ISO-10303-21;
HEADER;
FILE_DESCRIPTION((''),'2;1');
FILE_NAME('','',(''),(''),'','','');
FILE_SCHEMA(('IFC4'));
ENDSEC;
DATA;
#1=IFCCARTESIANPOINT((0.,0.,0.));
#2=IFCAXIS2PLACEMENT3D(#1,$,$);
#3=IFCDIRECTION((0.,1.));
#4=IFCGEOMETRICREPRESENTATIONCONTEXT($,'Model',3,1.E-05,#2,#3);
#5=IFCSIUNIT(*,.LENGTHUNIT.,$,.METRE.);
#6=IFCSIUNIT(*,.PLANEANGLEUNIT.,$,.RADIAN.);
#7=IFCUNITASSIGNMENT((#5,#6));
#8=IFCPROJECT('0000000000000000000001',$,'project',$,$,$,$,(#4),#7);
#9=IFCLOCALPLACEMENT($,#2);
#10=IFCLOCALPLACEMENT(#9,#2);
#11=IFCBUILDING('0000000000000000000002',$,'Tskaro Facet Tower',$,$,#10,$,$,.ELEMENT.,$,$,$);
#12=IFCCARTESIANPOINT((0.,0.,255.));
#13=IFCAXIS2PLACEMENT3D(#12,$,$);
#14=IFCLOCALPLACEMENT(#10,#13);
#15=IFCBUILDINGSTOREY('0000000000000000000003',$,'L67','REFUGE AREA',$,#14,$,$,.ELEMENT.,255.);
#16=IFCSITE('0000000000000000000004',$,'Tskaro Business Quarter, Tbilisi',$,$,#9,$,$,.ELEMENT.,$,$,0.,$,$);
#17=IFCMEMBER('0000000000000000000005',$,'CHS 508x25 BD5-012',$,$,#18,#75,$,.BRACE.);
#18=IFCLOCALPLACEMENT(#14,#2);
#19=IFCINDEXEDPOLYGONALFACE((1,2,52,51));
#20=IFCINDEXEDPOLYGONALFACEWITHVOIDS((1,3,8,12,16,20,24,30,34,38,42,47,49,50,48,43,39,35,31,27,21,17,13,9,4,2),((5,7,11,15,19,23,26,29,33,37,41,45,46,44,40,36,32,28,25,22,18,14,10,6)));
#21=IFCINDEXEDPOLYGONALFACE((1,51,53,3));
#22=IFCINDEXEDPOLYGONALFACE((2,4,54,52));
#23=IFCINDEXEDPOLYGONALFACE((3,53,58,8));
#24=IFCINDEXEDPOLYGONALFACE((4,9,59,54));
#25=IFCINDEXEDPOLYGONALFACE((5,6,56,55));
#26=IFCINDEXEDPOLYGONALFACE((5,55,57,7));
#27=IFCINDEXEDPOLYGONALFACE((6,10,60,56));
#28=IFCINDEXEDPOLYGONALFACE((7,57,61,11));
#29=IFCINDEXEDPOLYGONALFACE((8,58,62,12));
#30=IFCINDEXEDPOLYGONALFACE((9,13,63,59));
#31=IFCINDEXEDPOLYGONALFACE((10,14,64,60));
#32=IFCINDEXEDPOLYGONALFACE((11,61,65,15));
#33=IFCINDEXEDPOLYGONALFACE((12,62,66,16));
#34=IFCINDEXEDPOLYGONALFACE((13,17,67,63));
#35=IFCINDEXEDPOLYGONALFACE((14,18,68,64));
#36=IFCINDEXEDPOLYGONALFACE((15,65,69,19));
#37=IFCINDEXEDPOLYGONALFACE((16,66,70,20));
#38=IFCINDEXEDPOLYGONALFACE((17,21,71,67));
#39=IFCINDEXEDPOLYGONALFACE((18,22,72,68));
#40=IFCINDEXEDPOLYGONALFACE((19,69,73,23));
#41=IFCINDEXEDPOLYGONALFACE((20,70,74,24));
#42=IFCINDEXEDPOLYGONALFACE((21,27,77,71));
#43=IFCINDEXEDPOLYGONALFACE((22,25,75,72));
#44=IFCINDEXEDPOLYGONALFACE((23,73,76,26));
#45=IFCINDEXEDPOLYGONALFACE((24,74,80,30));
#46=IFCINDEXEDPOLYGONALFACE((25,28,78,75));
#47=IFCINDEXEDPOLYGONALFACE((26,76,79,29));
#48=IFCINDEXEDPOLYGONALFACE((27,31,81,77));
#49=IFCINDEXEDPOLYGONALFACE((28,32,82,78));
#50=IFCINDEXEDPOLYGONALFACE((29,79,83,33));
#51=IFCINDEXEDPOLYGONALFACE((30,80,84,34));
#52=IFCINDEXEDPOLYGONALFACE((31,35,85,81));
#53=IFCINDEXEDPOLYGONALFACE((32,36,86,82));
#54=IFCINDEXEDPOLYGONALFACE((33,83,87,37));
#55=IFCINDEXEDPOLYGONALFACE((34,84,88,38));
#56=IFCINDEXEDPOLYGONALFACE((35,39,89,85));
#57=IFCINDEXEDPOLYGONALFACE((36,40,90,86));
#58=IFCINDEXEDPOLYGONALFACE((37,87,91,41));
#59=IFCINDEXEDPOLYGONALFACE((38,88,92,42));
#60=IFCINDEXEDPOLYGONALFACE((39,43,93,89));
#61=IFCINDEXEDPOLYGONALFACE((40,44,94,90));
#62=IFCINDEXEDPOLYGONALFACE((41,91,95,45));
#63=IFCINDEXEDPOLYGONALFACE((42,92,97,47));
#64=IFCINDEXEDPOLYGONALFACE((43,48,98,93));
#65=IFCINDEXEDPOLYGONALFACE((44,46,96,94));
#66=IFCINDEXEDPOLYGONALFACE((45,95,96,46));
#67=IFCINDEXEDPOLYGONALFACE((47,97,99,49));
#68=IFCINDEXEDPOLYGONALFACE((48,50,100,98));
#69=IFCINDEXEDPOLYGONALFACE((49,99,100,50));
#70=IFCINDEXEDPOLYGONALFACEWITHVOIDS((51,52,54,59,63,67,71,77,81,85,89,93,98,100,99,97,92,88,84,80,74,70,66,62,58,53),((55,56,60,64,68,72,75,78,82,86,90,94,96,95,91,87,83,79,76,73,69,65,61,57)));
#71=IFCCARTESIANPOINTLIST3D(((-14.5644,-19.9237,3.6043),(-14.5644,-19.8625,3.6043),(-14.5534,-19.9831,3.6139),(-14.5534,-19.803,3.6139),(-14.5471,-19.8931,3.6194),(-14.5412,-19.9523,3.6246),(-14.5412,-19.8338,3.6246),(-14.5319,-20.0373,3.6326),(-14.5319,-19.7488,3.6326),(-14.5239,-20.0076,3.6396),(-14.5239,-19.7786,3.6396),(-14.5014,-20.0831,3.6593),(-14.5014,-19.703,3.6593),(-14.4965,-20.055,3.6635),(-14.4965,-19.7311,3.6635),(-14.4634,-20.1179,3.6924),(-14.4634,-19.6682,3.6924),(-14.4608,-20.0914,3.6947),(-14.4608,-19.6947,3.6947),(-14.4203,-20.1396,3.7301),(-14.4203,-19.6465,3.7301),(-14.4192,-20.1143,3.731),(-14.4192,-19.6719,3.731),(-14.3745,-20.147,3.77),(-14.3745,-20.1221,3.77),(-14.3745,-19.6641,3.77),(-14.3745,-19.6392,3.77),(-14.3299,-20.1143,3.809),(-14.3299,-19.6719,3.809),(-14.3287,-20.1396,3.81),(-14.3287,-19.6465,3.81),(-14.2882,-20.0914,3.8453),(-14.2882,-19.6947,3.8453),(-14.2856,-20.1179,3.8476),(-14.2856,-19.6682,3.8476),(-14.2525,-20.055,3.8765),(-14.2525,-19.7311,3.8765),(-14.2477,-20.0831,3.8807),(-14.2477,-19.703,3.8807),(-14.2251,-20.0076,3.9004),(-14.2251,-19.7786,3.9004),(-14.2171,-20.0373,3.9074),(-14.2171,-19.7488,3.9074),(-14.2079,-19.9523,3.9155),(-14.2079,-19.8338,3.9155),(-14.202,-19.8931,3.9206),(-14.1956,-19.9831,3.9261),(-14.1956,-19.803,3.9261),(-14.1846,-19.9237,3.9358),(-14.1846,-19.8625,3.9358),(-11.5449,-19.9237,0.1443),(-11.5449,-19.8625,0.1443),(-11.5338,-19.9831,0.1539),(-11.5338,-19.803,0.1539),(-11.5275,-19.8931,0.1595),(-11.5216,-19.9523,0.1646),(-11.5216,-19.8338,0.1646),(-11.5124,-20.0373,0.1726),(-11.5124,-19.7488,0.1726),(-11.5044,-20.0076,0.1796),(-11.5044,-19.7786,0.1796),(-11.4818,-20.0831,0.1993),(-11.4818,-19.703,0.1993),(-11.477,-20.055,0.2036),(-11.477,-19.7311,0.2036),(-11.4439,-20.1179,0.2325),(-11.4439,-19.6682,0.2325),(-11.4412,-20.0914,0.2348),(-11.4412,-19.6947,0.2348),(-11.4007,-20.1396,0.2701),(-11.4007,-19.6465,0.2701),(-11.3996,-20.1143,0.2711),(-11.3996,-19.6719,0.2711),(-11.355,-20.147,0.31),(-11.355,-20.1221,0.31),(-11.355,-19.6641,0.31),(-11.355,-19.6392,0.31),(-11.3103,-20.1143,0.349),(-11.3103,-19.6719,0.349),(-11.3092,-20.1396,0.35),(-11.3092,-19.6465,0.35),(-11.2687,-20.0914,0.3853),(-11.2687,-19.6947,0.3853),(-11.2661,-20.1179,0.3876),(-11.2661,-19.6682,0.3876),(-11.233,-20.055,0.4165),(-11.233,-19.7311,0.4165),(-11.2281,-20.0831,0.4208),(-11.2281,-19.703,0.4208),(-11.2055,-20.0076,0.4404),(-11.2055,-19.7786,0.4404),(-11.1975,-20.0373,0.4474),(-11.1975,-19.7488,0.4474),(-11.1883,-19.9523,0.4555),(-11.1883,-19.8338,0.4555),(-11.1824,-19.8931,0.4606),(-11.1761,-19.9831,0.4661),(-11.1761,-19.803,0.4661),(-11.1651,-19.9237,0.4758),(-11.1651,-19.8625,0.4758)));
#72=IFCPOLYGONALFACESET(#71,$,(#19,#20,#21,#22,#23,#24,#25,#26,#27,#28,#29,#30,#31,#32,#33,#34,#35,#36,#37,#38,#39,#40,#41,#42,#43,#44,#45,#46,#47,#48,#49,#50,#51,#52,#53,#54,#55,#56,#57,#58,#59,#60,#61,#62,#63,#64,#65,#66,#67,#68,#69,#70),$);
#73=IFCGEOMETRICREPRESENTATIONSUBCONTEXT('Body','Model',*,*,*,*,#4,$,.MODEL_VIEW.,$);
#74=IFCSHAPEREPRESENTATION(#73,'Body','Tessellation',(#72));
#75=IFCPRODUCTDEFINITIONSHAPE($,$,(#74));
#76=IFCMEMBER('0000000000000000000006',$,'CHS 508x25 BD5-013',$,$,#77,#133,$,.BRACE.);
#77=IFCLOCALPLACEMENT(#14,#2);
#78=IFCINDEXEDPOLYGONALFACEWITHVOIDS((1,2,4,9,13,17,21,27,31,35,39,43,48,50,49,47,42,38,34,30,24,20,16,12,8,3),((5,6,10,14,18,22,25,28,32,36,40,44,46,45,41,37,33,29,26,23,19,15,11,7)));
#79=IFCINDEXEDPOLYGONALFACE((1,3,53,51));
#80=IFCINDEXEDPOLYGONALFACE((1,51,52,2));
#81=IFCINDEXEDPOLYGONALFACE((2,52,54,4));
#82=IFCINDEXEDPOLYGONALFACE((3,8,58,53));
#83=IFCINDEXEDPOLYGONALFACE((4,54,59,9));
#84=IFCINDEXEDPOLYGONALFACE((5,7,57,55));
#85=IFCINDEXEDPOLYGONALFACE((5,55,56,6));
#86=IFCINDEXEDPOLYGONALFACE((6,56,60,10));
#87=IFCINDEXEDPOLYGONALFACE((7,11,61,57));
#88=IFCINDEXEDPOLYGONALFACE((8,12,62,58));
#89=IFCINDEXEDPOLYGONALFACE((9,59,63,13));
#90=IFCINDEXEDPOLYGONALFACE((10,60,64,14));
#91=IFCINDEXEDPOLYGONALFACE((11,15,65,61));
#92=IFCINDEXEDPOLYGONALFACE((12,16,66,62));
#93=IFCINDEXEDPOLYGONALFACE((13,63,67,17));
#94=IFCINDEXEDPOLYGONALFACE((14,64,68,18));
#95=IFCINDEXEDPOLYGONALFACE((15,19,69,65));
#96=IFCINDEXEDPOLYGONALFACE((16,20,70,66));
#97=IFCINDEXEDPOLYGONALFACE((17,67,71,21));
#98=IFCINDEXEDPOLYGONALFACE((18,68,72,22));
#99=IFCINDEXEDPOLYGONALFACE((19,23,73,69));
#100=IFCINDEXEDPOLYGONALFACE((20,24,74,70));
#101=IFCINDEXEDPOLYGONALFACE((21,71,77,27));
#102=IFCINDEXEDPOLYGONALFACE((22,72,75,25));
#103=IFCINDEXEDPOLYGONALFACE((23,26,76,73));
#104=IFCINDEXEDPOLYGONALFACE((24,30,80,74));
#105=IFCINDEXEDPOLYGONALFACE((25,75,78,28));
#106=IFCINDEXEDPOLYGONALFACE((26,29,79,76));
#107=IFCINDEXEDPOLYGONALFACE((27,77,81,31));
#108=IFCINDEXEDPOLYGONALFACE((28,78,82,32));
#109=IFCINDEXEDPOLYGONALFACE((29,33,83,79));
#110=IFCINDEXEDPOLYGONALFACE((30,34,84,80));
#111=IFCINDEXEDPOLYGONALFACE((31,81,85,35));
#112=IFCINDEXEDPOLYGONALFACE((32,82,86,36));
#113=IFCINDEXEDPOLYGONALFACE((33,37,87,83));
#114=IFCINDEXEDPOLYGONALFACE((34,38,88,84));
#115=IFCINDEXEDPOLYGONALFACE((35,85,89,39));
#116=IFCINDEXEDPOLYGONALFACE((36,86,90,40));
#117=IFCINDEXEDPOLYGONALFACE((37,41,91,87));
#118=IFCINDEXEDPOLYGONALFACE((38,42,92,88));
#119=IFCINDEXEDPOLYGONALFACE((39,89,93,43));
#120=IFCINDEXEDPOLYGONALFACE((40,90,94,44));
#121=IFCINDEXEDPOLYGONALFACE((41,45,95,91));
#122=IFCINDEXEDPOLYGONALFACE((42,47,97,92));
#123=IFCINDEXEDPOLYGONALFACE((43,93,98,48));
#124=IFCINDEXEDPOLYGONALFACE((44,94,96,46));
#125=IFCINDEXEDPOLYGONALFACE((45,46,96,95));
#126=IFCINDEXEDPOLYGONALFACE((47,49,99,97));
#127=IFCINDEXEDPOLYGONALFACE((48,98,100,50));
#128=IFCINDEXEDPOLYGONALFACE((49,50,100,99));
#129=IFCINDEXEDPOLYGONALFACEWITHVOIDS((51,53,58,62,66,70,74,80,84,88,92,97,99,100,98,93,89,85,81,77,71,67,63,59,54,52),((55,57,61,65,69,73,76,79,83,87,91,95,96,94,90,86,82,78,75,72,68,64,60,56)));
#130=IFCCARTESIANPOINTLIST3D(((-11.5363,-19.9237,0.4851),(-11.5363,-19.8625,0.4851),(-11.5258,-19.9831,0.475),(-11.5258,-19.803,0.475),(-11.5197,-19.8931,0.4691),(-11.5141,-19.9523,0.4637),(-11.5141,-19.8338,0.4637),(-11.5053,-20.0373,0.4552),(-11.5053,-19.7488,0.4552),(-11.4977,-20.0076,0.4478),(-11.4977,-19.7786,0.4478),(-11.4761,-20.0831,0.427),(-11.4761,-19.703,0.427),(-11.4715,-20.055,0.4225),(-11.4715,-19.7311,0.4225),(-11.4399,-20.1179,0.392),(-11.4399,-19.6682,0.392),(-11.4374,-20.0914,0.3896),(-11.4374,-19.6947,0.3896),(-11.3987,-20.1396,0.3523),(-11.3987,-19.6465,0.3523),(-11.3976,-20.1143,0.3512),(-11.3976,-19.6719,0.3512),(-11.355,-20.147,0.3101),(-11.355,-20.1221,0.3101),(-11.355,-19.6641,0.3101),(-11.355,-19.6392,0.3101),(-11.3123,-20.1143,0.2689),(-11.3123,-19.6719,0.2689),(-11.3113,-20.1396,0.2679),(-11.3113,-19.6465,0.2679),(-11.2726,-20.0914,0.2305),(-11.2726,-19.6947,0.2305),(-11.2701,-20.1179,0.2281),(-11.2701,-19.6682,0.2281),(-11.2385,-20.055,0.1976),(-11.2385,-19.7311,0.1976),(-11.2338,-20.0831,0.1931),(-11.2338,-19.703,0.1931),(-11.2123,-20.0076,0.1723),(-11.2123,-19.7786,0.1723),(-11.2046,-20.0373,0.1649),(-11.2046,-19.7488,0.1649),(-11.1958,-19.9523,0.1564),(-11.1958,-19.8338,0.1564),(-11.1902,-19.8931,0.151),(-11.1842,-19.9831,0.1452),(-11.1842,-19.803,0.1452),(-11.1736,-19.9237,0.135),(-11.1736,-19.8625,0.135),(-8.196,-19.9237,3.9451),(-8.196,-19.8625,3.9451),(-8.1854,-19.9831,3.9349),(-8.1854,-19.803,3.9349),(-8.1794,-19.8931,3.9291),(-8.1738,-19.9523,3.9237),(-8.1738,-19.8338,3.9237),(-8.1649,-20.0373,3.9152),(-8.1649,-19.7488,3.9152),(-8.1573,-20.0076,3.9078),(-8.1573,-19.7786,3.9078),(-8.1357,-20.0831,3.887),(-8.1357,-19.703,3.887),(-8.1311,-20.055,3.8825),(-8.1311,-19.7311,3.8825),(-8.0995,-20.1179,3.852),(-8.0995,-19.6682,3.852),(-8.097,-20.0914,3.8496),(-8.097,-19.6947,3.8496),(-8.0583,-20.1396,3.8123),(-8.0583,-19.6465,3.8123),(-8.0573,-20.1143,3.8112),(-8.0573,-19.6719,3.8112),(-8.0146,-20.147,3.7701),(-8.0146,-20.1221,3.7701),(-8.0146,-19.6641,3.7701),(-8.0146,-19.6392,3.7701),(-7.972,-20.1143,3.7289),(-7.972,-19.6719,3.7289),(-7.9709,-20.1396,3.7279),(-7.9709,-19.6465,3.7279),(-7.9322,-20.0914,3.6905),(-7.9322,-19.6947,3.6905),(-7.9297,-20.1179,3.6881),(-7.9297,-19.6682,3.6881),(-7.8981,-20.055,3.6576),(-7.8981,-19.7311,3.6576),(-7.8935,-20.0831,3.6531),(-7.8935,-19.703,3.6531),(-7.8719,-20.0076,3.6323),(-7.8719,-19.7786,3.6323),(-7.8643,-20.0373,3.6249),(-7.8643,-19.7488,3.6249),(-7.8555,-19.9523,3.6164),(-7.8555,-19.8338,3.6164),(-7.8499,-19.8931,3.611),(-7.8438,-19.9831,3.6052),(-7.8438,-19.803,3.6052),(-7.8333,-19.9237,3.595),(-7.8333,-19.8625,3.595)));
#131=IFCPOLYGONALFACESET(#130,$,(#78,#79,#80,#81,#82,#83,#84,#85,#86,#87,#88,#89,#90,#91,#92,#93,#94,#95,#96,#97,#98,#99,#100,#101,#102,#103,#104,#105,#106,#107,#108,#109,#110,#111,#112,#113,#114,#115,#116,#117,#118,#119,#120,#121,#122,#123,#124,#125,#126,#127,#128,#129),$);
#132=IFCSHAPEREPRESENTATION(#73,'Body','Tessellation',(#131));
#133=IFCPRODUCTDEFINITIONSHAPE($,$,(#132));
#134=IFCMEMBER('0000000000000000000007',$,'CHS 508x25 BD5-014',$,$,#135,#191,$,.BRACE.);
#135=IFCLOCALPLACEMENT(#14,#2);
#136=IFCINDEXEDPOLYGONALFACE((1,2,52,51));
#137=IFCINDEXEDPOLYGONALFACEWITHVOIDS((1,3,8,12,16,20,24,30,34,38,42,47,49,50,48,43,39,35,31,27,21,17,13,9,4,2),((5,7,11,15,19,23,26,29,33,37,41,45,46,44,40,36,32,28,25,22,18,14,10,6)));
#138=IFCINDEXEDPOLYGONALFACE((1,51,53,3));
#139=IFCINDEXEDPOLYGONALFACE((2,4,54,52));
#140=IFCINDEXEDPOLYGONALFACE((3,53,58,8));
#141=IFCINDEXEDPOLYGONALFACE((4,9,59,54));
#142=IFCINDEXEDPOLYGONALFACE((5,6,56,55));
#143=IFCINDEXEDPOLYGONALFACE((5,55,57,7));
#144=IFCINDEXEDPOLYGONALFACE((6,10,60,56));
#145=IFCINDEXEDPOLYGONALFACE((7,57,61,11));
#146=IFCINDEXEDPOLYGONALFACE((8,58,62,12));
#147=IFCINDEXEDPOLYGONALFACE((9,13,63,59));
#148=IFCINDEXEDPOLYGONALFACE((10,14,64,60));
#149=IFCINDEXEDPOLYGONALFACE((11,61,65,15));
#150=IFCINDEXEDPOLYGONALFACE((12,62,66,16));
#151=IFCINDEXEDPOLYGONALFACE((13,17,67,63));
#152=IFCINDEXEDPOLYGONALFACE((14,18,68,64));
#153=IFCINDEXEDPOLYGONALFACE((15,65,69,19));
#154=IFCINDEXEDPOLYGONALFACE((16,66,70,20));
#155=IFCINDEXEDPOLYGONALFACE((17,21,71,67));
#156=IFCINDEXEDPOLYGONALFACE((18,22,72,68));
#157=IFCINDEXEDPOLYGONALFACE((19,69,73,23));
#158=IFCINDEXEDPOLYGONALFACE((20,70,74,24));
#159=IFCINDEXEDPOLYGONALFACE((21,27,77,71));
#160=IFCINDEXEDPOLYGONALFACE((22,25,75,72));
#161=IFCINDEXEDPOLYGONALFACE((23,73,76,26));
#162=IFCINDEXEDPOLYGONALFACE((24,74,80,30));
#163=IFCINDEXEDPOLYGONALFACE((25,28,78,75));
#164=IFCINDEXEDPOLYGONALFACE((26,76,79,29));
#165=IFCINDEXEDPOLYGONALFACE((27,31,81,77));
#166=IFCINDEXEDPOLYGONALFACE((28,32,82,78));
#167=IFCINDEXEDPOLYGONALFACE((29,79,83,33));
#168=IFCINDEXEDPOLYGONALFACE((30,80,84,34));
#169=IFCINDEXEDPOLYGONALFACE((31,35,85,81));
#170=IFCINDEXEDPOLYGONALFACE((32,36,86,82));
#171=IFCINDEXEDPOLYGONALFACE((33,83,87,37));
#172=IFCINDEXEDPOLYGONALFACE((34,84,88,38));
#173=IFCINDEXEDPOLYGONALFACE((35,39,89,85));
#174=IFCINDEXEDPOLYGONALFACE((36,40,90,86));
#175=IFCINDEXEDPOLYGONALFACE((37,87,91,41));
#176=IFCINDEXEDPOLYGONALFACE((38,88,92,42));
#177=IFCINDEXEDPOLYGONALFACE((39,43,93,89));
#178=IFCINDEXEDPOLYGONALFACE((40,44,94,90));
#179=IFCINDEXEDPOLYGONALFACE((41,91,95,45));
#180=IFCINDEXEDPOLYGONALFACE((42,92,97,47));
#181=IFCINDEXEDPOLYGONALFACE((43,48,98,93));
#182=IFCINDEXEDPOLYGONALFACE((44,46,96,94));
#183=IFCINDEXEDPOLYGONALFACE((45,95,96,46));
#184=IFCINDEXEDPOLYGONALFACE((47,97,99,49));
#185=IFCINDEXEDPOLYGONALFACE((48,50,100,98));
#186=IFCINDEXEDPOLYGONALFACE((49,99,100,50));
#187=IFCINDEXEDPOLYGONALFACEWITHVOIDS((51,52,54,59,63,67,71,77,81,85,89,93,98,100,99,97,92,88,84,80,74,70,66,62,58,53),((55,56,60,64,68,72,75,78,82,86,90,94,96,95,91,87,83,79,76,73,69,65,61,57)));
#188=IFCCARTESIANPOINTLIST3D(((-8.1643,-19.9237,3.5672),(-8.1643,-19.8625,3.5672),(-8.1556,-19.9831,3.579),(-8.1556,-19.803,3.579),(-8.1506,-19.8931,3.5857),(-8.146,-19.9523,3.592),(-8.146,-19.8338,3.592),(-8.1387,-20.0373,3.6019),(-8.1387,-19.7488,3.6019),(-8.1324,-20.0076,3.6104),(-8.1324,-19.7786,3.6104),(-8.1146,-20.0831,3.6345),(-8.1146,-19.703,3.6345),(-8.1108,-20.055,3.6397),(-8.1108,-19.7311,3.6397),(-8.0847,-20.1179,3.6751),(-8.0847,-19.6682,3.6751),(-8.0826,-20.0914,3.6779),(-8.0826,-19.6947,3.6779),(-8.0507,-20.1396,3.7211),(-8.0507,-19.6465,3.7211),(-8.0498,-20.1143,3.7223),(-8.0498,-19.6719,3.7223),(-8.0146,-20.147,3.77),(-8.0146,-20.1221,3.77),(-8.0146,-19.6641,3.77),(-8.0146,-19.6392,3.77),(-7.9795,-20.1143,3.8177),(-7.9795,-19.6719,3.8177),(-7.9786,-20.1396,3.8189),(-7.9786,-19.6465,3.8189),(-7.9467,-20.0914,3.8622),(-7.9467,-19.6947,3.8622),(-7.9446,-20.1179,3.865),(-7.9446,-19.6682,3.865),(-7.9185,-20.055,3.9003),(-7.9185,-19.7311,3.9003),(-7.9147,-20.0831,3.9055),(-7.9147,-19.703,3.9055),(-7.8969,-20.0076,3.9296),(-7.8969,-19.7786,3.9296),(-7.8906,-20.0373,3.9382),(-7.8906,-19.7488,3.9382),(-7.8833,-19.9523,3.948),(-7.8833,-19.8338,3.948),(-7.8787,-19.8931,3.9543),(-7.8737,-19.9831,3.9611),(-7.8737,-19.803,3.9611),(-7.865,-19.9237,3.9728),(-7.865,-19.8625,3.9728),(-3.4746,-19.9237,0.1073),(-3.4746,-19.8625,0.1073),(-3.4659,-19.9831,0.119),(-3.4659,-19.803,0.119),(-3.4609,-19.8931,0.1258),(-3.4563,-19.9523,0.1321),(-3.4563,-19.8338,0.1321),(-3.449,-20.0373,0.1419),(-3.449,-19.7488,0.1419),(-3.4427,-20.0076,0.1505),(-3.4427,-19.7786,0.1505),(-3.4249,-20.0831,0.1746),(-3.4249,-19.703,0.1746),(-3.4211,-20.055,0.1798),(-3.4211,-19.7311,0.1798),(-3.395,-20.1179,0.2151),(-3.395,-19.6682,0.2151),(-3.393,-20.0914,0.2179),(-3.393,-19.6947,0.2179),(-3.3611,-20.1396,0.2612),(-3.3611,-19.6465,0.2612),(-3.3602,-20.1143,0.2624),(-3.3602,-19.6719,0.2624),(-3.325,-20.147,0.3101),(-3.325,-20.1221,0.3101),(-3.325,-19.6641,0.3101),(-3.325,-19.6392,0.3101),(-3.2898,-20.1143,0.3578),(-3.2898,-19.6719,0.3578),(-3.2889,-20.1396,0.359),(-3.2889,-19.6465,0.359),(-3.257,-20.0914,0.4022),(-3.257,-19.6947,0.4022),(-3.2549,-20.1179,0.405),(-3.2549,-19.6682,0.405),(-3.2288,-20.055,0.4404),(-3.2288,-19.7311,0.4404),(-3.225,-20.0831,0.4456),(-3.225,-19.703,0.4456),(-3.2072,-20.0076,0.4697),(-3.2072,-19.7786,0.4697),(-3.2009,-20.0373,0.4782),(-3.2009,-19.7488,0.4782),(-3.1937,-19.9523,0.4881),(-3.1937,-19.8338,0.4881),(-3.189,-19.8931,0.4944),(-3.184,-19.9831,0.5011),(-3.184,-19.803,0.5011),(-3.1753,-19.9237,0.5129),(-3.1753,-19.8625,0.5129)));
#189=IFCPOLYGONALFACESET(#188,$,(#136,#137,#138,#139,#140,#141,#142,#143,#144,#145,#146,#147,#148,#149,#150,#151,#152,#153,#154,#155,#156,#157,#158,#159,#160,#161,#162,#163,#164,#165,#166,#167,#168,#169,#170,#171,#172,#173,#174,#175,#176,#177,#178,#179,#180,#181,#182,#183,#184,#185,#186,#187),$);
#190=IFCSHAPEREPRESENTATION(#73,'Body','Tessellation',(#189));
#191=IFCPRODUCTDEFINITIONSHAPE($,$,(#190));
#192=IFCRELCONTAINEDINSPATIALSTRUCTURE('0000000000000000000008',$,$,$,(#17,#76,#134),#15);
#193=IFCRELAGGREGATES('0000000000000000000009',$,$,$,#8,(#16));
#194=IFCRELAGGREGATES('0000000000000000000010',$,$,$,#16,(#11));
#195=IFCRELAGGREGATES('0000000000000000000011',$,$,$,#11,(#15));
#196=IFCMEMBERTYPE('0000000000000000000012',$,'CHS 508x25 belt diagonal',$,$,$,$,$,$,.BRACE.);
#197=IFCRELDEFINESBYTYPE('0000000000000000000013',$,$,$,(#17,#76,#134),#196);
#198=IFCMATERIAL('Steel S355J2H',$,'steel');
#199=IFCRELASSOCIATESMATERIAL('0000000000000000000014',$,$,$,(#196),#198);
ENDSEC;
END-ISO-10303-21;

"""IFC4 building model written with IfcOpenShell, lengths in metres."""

from ifc_helpers import new_model, si_unit, direction, frame, origin, origin_2d, place, context, subcontext, project, spatial, hollow_circle, extrude, material, material_profile, profile_set, type_object, element, save


model = new_model("IFC4")

# Units and contexts
model_context = context("Model", 3, precision=1e-05, world=origin(), true_north=direction((0.0, 1.0)))
body_context = subcontext(model_context, "Body", "Model", "MODEL_VIEW")
ifc_project = project(units=[si_unit("LENGTHUNIT", "METRE"), si_unit("PLANEANGLEUNIT", "RADIAN")], contexts=[model_context])

# Site, building, storey
site_placement = place(None, origin())
site = spatial("IfcSite", under=ifc_project, at=site_placement, Name="Tskaro Business Quarter, Tbilisi", CompositionType="ELEMENT", RefElevation=0.0)
building_placement = place(site_placement, origin())
building = spatial("IfcBuilding", under=site, at=building_placement, Name="Tskaro Facet Tower", CompositionType="ELEMENT")
storey_placement = place(building_placement, frame((0.0, 0.0, 255.0)))
storey = spatial("IfcBuildingStorey", under=building, at=storey_placement, Name="L67", Description="REFUGE AREA", CompositionType="ELEMENT", Elevation=255.0)

# Shared definitions
ifc_material_1 = material(Name="Steel S355J2H", Category="steel")

# Members
ifc_material_profile_1 = material_profile(ifc_material_1, hollow_circle(Radius=0.2539, WallThickness=0.0249, at=origin_2d()), Name="CHS 508x25")
ifc_profile_set_1 = profile_set([ifc_material_profile_1], Name="Steel S355J2H")
member_type_1 = type_object("IfcMemberType", Name="CHS 508x25 belt diagonal", PredefinedType="BRACE", material=ifc_profile_set_1)
member_1_placement = place(storey_placement, frame((-14.3745, -19.8931, 3.77), z_axis=(0.657525, 0.0, -0.753432), x_axis=(0.0, 1.0, 0.0)))
element("IfcMember", 1, at=member_1_placement, inside=storey, type_object=member_type_1, Name="CHS 508x25 BD5-012", PredefinedType="BRACE", context=body_context, shape_type="SweptSolid", body=[
    extrude(hollow_circle(Radius=0.2539, WallThickness=0.0249, at=origin_2d()), origin(), (0.0, 0.0, 1.0), 4.5923),
])
member_2_placement = place(storey_placement, frame((-11.355, -19.8931, 0.3101), z_axis=(0.69456, 0.0, 0.719435), x_axis=(0.0, 1.0, 0.0)))
element("IfcMember", 2, at=member_2_placement, inside=storey, type_object=member_type_1, Name="CHS 508x25 BD5-013", PredefinedType="BRACE", context=body_context, shape_type="SweptSolid", body=[
    extrude(hollow_circle(Radius=0.2539, WallThickness=0.0249, at=origin_2d()), origin(), (0.0, 0.0, 1.0), 4.8093),
])
member_3_placement = place(storey_placement, frame((-8.0146, -19.8931, 3.77), z_axis=(0.804696, 0.0, -0.593688), x_axis=(0.0, 1.0, 0.0)))
element("IfcMember", 3, at=member_3_placement, inside=storey, type_object=member_type_1, Name="CHS 508x25 BD5-014", PredefinedType="BRACE", context=body_context, shape_type="SweptSolid", body=[
    extrude(hollow_circle(Radius=0.2539, WallThickness=0.0249, at=origin_2d()), origin(), (0.0, 0.0, 1.0), 5.8279),
])

save(model, "model.ifc")
